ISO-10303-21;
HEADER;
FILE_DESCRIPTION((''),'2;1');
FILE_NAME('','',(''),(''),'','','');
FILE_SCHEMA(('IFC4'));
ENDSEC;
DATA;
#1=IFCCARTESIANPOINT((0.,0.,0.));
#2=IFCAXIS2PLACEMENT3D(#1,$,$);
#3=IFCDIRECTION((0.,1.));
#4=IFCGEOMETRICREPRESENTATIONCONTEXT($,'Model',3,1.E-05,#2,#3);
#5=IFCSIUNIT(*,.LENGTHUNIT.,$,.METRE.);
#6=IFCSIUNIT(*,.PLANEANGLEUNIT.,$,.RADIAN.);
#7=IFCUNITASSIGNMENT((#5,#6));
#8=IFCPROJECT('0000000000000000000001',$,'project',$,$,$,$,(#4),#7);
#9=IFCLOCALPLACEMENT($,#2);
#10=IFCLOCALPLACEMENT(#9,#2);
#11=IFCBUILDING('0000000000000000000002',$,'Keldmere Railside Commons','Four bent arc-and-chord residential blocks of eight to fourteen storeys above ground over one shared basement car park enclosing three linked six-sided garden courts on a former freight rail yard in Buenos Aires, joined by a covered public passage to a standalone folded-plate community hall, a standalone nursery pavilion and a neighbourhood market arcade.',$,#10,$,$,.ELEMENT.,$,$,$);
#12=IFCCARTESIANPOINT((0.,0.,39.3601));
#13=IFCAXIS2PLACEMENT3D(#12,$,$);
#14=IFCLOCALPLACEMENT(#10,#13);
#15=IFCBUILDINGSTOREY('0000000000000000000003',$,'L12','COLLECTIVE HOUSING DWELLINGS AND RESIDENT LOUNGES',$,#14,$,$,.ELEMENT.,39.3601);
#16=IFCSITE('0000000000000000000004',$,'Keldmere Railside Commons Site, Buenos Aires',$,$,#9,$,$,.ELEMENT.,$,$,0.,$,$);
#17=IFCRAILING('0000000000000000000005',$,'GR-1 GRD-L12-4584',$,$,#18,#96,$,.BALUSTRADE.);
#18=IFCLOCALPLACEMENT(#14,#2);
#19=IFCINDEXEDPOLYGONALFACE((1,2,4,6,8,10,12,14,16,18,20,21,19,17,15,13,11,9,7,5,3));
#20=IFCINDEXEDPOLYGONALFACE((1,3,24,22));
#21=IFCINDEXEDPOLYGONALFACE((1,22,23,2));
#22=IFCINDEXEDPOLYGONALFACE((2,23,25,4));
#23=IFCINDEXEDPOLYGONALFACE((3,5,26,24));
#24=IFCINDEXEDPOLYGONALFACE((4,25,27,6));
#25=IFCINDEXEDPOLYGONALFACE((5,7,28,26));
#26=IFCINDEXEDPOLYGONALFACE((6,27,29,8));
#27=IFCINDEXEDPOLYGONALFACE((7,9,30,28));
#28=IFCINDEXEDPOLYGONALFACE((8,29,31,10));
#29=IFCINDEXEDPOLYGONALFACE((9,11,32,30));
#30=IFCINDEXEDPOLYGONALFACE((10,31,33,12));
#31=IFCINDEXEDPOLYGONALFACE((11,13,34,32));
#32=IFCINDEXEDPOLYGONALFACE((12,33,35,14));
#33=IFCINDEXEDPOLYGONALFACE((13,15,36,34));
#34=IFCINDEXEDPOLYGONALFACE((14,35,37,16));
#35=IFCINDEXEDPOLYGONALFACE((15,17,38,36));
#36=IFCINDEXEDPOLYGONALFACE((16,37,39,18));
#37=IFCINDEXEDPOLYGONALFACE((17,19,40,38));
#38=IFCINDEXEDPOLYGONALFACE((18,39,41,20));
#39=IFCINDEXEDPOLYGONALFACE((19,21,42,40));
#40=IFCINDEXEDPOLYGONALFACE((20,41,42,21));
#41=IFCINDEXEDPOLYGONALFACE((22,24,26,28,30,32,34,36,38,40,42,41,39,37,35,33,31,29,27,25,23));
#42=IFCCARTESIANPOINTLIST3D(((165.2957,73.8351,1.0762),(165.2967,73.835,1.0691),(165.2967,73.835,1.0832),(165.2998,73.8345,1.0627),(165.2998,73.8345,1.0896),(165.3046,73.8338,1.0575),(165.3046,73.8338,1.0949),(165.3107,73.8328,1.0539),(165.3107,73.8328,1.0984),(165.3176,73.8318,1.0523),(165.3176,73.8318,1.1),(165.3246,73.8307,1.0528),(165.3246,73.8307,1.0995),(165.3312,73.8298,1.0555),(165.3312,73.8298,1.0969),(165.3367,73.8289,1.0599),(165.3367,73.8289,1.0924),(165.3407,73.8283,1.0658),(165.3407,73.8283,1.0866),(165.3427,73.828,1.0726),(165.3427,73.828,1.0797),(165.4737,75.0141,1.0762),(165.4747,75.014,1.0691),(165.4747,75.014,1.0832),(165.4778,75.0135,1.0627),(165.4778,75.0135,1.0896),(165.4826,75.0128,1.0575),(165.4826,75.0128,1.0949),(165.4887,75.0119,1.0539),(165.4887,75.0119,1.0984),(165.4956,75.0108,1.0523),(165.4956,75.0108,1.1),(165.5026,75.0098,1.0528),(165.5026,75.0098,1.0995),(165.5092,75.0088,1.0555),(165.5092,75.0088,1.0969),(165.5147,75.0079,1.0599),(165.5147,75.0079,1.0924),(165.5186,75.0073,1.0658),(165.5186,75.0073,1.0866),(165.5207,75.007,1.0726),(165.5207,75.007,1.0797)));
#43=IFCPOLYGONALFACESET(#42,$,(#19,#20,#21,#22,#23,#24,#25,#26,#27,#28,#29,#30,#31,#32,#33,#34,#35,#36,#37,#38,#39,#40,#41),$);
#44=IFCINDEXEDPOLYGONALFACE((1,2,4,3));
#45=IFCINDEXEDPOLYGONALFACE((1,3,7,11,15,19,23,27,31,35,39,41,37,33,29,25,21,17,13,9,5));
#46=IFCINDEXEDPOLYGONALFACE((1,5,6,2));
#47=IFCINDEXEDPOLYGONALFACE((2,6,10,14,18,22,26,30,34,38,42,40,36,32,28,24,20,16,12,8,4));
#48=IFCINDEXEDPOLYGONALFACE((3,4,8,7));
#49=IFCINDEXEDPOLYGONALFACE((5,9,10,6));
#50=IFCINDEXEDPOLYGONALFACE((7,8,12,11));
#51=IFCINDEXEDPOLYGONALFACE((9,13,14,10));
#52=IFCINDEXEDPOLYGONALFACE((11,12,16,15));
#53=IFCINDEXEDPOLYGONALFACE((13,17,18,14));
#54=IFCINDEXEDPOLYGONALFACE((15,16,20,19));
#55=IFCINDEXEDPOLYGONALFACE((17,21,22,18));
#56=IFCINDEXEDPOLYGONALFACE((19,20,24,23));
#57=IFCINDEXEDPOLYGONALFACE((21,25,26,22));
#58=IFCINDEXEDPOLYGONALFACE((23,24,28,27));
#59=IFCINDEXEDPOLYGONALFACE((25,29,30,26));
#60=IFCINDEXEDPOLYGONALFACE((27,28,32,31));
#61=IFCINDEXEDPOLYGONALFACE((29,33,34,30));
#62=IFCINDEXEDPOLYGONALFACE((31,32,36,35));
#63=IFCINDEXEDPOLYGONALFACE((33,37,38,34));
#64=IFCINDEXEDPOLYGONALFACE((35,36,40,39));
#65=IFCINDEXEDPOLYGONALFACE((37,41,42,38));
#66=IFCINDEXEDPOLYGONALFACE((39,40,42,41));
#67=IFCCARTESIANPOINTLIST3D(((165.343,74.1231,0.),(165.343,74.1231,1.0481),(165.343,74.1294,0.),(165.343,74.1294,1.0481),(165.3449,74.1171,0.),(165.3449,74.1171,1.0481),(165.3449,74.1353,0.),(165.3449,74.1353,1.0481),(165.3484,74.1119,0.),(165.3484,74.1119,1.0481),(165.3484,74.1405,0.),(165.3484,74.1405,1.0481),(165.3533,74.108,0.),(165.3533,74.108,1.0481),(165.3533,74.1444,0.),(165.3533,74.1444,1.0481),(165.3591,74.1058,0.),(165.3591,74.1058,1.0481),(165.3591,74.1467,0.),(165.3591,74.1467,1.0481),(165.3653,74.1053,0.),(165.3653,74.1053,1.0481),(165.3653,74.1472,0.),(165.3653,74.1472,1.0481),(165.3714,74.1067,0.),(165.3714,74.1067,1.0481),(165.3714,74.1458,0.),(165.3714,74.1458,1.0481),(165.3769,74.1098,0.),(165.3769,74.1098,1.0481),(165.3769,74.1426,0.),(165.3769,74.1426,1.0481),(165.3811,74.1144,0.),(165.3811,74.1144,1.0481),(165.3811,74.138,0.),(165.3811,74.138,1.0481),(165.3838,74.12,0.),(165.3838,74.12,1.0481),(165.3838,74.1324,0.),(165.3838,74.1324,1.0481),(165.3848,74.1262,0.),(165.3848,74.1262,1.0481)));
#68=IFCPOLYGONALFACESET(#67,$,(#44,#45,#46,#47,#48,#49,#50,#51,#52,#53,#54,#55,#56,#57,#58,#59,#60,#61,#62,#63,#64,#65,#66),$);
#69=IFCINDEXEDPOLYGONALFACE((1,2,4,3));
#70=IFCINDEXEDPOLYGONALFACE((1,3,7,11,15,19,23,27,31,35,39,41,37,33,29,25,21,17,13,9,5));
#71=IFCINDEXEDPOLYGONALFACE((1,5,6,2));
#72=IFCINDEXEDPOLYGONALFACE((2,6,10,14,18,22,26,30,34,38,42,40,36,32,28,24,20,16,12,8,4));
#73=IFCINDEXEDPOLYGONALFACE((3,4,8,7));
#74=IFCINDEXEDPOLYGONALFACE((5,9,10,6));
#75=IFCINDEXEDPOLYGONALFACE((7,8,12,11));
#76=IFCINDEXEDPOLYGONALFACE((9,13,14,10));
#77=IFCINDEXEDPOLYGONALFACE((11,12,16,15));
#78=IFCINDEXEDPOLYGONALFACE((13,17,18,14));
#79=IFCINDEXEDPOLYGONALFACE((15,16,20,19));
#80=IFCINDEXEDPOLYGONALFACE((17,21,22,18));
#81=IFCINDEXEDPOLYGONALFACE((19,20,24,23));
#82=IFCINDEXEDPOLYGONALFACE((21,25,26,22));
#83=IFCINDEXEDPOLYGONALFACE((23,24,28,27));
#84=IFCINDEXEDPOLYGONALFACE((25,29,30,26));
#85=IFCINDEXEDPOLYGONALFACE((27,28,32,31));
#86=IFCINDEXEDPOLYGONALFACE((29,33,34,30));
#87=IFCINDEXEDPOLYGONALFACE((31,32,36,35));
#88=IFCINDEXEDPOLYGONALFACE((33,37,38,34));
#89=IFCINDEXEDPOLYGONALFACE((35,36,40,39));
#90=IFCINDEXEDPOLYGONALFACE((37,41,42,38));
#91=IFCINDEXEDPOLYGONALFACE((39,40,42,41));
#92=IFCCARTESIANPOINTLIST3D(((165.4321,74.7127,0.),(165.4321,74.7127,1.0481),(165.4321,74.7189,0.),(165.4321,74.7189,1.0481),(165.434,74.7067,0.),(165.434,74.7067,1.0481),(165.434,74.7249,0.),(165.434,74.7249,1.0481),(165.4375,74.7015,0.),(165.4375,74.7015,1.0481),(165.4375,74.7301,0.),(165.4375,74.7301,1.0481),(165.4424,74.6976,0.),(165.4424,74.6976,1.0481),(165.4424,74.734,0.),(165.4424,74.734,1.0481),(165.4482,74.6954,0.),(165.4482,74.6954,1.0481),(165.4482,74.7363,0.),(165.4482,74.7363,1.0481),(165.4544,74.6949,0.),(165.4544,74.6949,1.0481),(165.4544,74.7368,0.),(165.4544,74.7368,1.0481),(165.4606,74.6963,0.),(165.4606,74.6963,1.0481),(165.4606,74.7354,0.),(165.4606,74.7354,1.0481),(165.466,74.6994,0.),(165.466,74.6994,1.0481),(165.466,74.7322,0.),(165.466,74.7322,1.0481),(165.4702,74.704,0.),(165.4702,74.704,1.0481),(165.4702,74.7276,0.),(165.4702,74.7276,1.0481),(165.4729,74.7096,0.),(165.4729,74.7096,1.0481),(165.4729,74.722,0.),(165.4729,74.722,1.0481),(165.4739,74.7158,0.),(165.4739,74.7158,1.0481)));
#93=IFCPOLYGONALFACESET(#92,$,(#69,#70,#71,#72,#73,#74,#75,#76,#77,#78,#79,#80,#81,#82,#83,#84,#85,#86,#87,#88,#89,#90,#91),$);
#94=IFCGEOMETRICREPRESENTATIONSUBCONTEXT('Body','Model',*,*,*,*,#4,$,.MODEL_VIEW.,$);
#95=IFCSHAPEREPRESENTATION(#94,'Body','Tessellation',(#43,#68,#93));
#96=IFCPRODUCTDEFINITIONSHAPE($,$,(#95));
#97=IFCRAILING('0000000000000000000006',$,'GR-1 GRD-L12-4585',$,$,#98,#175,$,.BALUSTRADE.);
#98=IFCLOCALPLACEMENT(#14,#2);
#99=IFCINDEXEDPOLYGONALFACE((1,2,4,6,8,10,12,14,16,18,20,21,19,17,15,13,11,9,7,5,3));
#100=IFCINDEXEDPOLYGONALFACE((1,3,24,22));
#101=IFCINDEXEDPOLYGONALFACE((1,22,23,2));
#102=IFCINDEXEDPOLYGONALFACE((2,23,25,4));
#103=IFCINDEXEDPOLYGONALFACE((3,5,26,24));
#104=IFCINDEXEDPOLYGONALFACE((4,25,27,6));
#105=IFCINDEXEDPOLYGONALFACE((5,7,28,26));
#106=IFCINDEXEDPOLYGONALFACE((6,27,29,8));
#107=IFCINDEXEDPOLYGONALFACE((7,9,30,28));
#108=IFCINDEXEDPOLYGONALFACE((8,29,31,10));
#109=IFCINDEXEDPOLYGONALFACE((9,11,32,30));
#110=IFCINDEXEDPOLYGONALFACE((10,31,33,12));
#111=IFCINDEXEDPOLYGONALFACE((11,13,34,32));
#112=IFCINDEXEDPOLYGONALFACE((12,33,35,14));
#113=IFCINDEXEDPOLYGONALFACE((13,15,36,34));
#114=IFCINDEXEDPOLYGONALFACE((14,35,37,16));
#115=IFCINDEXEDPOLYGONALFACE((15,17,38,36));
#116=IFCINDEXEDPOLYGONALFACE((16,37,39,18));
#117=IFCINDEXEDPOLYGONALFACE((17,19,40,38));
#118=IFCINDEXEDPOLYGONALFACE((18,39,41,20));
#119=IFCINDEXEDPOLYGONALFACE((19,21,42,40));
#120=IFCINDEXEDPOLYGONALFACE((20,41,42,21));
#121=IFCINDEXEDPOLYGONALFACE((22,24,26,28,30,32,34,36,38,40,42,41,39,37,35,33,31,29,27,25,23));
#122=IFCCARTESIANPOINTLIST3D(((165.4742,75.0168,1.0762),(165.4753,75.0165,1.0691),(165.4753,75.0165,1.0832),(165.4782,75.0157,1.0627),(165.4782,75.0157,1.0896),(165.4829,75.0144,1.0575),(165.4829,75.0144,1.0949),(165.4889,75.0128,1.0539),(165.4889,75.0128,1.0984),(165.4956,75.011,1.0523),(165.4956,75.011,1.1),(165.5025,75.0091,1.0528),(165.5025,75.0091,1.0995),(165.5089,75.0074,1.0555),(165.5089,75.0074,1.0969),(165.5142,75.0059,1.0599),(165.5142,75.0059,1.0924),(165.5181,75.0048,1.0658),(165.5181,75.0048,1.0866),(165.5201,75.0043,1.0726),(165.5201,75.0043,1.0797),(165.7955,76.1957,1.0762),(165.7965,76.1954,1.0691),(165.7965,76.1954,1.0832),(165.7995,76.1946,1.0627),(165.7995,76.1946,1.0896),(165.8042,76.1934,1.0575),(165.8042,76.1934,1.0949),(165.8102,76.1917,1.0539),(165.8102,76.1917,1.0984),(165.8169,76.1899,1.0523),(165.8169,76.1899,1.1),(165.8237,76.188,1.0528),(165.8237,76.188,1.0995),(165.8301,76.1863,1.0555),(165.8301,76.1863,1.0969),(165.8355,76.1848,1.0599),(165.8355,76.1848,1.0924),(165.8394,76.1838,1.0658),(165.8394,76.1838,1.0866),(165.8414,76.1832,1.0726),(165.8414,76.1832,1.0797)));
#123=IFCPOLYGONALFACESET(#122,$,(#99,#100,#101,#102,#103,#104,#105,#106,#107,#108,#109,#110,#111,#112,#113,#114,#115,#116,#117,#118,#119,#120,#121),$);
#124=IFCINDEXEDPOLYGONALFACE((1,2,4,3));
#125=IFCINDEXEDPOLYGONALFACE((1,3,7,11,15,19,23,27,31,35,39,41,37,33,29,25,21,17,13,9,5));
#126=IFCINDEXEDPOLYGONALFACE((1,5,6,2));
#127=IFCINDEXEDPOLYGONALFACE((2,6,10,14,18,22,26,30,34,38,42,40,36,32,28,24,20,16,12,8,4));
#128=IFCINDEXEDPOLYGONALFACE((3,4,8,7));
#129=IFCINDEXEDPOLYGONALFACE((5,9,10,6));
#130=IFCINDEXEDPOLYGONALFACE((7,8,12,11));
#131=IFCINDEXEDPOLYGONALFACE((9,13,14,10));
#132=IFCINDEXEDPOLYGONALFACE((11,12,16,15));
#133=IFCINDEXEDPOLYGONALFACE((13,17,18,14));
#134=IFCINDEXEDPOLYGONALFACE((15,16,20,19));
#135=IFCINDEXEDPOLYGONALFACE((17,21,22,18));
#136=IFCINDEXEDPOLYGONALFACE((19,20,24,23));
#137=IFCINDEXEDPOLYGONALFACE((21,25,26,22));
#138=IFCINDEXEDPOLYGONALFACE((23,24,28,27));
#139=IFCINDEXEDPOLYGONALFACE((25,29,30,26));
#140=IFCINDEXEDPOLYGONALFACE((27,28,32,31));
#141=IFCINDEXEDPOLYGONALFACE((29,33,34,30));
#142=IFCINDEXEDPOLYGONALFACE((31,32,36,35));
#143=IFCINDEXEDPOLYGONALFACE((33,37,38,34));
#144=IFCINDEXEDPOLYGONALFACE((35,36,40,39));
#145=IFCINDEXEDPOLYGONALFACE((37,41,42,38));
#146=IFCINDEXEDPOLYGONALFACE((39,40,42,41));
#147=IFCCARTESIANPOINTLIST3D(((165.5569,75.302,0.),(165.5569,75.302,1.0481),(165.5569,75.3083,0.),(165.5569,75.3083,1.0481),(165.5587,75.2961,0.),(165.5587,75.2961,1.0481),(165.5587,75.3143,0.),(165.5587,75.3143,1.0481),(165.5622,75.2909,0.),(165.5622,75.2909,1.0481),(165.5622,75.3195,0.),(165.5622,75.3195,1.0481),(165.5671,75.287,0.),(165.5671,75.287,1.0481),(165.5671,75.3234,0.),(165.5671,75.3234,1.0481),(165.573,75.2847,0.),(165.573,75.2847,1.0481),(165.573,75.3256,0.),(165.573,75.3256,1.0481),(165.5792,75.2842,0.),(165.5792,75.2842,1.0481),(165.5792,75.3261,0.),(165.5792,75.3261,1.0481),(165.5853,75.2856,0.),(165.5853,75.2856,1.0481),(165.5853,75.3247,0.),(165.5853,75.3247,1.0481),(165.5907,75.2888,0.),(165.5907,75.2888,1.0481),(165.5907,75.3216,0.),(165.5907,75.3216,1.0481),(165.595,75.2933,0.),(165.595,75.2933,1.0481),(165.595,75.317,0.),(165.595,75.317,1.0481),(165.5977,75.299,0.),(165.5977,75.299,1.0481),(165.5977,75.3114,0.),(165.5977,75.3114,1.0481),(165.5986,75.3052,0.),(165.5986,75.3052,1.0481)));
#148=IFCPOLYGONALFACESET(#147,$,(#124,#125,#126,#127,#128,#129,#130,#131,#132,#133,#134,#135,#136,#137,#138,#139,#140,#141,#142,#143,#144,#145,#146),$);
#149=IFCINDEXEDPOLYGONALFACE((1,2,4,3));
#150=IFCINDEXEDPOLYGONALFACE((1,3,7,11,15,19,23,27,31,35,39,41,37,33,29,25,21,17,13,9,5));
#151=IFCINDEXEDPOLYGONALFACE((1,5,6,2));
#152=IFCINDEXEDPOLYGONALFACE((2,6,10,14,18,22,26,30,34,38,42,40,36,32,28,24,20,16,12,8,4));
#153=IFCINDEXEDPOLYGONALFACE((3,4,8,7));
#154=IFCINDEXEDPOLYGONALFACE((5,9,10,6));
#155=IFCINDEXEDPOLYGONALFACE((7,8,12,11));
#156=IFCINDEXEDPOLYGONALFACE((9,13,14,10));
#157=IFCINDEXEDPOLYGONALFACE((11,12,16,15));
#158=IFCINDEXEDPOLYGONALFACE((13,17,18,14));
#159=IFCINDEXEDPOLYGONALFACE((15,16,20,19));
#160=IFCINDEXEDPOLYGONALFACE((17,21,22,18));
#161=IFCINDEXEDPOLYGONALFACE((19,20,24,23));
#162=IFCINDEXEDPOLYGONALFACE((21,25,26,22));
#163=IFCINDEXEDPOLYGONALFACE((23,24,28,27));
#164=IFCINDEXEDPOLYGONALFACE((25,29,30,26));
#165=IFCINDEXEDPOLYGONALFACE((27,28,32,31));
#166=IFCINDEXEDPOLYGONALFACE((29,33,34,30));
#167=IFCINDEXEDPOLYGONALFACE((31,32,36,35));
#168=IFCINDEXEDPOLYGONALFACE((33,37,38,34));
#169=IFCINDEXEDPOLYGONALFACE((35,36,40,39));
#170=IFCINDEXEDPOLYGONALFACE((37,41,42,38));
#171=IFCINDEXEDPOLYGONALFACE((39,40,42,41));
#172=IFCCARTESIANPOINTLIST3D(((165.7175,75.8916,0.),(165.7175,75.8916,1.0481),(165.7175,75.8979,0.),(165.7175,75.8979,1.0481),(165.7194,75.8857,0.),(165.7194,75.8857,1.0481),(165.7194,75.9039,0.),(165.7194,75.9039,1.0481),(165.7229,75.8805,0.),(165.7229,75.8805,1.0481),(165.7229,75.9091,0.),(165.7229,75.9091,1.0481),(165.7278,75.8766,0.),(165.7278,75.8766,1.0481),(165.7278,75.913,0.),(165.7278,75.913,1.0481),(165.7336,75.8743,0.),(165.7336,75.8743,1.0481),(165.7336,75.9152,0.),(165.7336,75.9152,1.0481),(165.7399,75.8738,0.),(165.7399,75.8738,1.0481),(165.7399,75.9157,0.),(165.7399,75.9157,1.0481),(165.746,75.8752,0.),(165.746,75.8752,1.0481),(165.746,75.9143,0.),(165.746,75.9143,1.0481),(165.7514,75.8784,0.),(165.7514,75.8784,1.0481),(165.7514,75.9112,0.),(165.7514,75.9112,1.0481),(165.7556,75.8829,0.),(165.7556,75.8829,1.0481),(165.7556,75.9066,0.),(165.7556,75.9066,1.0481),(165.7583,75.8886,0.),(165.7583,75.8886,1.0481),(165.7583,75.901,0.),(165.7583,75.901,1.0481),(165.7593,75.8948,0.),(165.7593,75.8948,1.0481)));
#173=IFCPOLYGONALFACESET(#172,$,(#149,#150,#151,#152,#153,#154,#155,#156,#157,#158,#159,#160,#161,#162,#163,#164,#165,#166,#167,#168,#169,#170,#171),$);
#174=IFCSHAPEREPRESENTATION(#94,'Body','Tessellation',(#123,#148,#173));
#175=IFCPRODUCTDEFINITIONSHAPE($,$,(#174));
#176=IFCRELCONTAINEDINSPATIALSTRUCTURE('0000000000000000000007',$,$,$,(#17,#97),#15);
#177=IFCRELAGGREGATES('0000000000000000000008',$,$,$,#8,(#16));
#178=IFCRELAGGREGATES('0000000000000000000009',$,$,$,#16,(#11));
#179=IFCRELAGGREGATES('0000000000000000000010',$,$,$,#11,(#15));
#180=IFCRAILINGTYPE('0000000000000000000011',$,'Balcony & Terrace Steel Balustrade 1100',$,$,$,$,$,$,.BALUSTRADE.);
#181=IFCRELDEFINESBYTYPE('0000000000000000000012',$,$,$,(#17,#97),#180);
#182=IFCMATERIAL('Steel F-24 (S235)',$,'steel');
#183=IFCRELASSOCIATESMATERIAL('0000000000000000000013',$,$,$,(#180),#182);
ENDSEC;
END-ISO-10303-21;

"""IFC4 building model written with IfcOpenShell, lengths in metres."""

from ifc_helpers import new_model, si_unit, direction, frame, origin, origin_2d, place, context, subcontext, project, spatial, circle, extrude, material, type_object, element, save


model = new_model("IFC4")

# Units and contexts
model_context = context("Model", 3, precision=1e-05, world=origin(), true_north=direction((0.0, 1.0)))
body_context = subcontext(model_context, "Body", "Model", "MODEL_VIEW")
ifc_project = project(units=[si_unit("LENGTHUNIT", "METRE"), si_unit("PLANEANGLEUNIT", "RADIAN")], contexts=[model_context])

# Site, building, storey
site_placement = place(None, origin())
site = spatial("IfcSite", under=ifc_project, at=site_placement, Name="Keldmere Railside Commons Site, Buenos Aires", CompositionType="ELEMENT", RefElevation=0.0)
building_placement = place(site_placement, origin())
building = spatial("IfcBuilding", under=site, at=building_placement, Name="Keldmere Railside Commons", Description="Four bent arc-and-chord residential blocks of eight to fourteen storeys above ground over one shared basement car park enclosing three linked six-sided garden courts on a former freight rail yard in Buenos Aires, joined by a covered public passage to a standalone folded-plate community hall, a standalone nursery pavilion and a neighbourhood market arcade.", CompositionType="ELEMENT")
storey_placement = place(building_placement, frame((0.0, 0.0, 39.3601)))
storey = spatial("IfcBuildingStorey", under=building, at=storey_placement, Name="L12", Description="COLLECTIVE HOUSING DWELLINGS AND RESIDENT LOUNGES", CompositionType="ELEMENT", Elevation=39.3601)

# Railings
ifc_material_1 = material(Name="Steel F-24 (S235)", Category="steel")
railing_type = type_object("IfcRailingType", Name="Balcony & Terrace Steel Balustrade 1100", PredefinedType="BALUSTRADE", material=ifc_material_1)
railing_1_placement = place(storey_placement, frame((165.3193, 73.8315, 0.0)))
element("IfcRailing", 1, at=railing_1_placement, inside=storey, type_object=railing_type, Name="GR-1 GRD-L12-4584", PredefinedType="BALUSTRADE", context=body_context, shape_type="SweptSolid", body=[
    extrude(circle(Radius=0.0239, at=origin_2d()), frame((0.0, 0.0, 1.0762), z_axis=(0.149272, 0.988796, 0.0), x_axis=(-0.988796, 0.149272, 0.0)), (0.0, 0.0, 1.0), 1.1924),
    extrude(circle(Radius=0.021, at=origin_2d()), frame((0.0444, 0.2947, 0.0)), (0.0, 0.0, 1.0), 1.0481),
    extrude(circle(Radius=0.021, at=origin_2d()), frame((0.1335, 0.8843, 0.0)), (0.0, 0.0, 1.0), 1.0481),
])
railing_2_placement = place(storey_placement, frame((165.4973, 75.0105, 0.0)))
element("IfcRailing", 2, at=railing_2_placement, inside=storey, type_object=railing_type, Name="GR-1 GRD-L12-4585", PredefinedType="BALUSTRADE", context=body_context, shape_type="SweptSolid", body=[
    extrude(circle(Radius=0.0239, at=origin_2d()), frame((0.0, 0.0, 1.0762), z_axis=(0.262931, 0.964815, 0.0), x_axis=(-0.964815, 0.262931, 0.0)), (0.0, 0.0, 1.0), 1.2219),
    extrude(circle(Radius=0.021, at=origin_2d()), frame((0.0803, 0.2947, 0.0)), (0.0, 0.0, 1.0), 1.0481),
    extrude(circle(Radius=0.021, at=origin_2d()), frame((0.241, 0.8843, 0.0)), (0.0, 0.0, 1.0), 1.0481),
])

save(model, "model.ifc")
